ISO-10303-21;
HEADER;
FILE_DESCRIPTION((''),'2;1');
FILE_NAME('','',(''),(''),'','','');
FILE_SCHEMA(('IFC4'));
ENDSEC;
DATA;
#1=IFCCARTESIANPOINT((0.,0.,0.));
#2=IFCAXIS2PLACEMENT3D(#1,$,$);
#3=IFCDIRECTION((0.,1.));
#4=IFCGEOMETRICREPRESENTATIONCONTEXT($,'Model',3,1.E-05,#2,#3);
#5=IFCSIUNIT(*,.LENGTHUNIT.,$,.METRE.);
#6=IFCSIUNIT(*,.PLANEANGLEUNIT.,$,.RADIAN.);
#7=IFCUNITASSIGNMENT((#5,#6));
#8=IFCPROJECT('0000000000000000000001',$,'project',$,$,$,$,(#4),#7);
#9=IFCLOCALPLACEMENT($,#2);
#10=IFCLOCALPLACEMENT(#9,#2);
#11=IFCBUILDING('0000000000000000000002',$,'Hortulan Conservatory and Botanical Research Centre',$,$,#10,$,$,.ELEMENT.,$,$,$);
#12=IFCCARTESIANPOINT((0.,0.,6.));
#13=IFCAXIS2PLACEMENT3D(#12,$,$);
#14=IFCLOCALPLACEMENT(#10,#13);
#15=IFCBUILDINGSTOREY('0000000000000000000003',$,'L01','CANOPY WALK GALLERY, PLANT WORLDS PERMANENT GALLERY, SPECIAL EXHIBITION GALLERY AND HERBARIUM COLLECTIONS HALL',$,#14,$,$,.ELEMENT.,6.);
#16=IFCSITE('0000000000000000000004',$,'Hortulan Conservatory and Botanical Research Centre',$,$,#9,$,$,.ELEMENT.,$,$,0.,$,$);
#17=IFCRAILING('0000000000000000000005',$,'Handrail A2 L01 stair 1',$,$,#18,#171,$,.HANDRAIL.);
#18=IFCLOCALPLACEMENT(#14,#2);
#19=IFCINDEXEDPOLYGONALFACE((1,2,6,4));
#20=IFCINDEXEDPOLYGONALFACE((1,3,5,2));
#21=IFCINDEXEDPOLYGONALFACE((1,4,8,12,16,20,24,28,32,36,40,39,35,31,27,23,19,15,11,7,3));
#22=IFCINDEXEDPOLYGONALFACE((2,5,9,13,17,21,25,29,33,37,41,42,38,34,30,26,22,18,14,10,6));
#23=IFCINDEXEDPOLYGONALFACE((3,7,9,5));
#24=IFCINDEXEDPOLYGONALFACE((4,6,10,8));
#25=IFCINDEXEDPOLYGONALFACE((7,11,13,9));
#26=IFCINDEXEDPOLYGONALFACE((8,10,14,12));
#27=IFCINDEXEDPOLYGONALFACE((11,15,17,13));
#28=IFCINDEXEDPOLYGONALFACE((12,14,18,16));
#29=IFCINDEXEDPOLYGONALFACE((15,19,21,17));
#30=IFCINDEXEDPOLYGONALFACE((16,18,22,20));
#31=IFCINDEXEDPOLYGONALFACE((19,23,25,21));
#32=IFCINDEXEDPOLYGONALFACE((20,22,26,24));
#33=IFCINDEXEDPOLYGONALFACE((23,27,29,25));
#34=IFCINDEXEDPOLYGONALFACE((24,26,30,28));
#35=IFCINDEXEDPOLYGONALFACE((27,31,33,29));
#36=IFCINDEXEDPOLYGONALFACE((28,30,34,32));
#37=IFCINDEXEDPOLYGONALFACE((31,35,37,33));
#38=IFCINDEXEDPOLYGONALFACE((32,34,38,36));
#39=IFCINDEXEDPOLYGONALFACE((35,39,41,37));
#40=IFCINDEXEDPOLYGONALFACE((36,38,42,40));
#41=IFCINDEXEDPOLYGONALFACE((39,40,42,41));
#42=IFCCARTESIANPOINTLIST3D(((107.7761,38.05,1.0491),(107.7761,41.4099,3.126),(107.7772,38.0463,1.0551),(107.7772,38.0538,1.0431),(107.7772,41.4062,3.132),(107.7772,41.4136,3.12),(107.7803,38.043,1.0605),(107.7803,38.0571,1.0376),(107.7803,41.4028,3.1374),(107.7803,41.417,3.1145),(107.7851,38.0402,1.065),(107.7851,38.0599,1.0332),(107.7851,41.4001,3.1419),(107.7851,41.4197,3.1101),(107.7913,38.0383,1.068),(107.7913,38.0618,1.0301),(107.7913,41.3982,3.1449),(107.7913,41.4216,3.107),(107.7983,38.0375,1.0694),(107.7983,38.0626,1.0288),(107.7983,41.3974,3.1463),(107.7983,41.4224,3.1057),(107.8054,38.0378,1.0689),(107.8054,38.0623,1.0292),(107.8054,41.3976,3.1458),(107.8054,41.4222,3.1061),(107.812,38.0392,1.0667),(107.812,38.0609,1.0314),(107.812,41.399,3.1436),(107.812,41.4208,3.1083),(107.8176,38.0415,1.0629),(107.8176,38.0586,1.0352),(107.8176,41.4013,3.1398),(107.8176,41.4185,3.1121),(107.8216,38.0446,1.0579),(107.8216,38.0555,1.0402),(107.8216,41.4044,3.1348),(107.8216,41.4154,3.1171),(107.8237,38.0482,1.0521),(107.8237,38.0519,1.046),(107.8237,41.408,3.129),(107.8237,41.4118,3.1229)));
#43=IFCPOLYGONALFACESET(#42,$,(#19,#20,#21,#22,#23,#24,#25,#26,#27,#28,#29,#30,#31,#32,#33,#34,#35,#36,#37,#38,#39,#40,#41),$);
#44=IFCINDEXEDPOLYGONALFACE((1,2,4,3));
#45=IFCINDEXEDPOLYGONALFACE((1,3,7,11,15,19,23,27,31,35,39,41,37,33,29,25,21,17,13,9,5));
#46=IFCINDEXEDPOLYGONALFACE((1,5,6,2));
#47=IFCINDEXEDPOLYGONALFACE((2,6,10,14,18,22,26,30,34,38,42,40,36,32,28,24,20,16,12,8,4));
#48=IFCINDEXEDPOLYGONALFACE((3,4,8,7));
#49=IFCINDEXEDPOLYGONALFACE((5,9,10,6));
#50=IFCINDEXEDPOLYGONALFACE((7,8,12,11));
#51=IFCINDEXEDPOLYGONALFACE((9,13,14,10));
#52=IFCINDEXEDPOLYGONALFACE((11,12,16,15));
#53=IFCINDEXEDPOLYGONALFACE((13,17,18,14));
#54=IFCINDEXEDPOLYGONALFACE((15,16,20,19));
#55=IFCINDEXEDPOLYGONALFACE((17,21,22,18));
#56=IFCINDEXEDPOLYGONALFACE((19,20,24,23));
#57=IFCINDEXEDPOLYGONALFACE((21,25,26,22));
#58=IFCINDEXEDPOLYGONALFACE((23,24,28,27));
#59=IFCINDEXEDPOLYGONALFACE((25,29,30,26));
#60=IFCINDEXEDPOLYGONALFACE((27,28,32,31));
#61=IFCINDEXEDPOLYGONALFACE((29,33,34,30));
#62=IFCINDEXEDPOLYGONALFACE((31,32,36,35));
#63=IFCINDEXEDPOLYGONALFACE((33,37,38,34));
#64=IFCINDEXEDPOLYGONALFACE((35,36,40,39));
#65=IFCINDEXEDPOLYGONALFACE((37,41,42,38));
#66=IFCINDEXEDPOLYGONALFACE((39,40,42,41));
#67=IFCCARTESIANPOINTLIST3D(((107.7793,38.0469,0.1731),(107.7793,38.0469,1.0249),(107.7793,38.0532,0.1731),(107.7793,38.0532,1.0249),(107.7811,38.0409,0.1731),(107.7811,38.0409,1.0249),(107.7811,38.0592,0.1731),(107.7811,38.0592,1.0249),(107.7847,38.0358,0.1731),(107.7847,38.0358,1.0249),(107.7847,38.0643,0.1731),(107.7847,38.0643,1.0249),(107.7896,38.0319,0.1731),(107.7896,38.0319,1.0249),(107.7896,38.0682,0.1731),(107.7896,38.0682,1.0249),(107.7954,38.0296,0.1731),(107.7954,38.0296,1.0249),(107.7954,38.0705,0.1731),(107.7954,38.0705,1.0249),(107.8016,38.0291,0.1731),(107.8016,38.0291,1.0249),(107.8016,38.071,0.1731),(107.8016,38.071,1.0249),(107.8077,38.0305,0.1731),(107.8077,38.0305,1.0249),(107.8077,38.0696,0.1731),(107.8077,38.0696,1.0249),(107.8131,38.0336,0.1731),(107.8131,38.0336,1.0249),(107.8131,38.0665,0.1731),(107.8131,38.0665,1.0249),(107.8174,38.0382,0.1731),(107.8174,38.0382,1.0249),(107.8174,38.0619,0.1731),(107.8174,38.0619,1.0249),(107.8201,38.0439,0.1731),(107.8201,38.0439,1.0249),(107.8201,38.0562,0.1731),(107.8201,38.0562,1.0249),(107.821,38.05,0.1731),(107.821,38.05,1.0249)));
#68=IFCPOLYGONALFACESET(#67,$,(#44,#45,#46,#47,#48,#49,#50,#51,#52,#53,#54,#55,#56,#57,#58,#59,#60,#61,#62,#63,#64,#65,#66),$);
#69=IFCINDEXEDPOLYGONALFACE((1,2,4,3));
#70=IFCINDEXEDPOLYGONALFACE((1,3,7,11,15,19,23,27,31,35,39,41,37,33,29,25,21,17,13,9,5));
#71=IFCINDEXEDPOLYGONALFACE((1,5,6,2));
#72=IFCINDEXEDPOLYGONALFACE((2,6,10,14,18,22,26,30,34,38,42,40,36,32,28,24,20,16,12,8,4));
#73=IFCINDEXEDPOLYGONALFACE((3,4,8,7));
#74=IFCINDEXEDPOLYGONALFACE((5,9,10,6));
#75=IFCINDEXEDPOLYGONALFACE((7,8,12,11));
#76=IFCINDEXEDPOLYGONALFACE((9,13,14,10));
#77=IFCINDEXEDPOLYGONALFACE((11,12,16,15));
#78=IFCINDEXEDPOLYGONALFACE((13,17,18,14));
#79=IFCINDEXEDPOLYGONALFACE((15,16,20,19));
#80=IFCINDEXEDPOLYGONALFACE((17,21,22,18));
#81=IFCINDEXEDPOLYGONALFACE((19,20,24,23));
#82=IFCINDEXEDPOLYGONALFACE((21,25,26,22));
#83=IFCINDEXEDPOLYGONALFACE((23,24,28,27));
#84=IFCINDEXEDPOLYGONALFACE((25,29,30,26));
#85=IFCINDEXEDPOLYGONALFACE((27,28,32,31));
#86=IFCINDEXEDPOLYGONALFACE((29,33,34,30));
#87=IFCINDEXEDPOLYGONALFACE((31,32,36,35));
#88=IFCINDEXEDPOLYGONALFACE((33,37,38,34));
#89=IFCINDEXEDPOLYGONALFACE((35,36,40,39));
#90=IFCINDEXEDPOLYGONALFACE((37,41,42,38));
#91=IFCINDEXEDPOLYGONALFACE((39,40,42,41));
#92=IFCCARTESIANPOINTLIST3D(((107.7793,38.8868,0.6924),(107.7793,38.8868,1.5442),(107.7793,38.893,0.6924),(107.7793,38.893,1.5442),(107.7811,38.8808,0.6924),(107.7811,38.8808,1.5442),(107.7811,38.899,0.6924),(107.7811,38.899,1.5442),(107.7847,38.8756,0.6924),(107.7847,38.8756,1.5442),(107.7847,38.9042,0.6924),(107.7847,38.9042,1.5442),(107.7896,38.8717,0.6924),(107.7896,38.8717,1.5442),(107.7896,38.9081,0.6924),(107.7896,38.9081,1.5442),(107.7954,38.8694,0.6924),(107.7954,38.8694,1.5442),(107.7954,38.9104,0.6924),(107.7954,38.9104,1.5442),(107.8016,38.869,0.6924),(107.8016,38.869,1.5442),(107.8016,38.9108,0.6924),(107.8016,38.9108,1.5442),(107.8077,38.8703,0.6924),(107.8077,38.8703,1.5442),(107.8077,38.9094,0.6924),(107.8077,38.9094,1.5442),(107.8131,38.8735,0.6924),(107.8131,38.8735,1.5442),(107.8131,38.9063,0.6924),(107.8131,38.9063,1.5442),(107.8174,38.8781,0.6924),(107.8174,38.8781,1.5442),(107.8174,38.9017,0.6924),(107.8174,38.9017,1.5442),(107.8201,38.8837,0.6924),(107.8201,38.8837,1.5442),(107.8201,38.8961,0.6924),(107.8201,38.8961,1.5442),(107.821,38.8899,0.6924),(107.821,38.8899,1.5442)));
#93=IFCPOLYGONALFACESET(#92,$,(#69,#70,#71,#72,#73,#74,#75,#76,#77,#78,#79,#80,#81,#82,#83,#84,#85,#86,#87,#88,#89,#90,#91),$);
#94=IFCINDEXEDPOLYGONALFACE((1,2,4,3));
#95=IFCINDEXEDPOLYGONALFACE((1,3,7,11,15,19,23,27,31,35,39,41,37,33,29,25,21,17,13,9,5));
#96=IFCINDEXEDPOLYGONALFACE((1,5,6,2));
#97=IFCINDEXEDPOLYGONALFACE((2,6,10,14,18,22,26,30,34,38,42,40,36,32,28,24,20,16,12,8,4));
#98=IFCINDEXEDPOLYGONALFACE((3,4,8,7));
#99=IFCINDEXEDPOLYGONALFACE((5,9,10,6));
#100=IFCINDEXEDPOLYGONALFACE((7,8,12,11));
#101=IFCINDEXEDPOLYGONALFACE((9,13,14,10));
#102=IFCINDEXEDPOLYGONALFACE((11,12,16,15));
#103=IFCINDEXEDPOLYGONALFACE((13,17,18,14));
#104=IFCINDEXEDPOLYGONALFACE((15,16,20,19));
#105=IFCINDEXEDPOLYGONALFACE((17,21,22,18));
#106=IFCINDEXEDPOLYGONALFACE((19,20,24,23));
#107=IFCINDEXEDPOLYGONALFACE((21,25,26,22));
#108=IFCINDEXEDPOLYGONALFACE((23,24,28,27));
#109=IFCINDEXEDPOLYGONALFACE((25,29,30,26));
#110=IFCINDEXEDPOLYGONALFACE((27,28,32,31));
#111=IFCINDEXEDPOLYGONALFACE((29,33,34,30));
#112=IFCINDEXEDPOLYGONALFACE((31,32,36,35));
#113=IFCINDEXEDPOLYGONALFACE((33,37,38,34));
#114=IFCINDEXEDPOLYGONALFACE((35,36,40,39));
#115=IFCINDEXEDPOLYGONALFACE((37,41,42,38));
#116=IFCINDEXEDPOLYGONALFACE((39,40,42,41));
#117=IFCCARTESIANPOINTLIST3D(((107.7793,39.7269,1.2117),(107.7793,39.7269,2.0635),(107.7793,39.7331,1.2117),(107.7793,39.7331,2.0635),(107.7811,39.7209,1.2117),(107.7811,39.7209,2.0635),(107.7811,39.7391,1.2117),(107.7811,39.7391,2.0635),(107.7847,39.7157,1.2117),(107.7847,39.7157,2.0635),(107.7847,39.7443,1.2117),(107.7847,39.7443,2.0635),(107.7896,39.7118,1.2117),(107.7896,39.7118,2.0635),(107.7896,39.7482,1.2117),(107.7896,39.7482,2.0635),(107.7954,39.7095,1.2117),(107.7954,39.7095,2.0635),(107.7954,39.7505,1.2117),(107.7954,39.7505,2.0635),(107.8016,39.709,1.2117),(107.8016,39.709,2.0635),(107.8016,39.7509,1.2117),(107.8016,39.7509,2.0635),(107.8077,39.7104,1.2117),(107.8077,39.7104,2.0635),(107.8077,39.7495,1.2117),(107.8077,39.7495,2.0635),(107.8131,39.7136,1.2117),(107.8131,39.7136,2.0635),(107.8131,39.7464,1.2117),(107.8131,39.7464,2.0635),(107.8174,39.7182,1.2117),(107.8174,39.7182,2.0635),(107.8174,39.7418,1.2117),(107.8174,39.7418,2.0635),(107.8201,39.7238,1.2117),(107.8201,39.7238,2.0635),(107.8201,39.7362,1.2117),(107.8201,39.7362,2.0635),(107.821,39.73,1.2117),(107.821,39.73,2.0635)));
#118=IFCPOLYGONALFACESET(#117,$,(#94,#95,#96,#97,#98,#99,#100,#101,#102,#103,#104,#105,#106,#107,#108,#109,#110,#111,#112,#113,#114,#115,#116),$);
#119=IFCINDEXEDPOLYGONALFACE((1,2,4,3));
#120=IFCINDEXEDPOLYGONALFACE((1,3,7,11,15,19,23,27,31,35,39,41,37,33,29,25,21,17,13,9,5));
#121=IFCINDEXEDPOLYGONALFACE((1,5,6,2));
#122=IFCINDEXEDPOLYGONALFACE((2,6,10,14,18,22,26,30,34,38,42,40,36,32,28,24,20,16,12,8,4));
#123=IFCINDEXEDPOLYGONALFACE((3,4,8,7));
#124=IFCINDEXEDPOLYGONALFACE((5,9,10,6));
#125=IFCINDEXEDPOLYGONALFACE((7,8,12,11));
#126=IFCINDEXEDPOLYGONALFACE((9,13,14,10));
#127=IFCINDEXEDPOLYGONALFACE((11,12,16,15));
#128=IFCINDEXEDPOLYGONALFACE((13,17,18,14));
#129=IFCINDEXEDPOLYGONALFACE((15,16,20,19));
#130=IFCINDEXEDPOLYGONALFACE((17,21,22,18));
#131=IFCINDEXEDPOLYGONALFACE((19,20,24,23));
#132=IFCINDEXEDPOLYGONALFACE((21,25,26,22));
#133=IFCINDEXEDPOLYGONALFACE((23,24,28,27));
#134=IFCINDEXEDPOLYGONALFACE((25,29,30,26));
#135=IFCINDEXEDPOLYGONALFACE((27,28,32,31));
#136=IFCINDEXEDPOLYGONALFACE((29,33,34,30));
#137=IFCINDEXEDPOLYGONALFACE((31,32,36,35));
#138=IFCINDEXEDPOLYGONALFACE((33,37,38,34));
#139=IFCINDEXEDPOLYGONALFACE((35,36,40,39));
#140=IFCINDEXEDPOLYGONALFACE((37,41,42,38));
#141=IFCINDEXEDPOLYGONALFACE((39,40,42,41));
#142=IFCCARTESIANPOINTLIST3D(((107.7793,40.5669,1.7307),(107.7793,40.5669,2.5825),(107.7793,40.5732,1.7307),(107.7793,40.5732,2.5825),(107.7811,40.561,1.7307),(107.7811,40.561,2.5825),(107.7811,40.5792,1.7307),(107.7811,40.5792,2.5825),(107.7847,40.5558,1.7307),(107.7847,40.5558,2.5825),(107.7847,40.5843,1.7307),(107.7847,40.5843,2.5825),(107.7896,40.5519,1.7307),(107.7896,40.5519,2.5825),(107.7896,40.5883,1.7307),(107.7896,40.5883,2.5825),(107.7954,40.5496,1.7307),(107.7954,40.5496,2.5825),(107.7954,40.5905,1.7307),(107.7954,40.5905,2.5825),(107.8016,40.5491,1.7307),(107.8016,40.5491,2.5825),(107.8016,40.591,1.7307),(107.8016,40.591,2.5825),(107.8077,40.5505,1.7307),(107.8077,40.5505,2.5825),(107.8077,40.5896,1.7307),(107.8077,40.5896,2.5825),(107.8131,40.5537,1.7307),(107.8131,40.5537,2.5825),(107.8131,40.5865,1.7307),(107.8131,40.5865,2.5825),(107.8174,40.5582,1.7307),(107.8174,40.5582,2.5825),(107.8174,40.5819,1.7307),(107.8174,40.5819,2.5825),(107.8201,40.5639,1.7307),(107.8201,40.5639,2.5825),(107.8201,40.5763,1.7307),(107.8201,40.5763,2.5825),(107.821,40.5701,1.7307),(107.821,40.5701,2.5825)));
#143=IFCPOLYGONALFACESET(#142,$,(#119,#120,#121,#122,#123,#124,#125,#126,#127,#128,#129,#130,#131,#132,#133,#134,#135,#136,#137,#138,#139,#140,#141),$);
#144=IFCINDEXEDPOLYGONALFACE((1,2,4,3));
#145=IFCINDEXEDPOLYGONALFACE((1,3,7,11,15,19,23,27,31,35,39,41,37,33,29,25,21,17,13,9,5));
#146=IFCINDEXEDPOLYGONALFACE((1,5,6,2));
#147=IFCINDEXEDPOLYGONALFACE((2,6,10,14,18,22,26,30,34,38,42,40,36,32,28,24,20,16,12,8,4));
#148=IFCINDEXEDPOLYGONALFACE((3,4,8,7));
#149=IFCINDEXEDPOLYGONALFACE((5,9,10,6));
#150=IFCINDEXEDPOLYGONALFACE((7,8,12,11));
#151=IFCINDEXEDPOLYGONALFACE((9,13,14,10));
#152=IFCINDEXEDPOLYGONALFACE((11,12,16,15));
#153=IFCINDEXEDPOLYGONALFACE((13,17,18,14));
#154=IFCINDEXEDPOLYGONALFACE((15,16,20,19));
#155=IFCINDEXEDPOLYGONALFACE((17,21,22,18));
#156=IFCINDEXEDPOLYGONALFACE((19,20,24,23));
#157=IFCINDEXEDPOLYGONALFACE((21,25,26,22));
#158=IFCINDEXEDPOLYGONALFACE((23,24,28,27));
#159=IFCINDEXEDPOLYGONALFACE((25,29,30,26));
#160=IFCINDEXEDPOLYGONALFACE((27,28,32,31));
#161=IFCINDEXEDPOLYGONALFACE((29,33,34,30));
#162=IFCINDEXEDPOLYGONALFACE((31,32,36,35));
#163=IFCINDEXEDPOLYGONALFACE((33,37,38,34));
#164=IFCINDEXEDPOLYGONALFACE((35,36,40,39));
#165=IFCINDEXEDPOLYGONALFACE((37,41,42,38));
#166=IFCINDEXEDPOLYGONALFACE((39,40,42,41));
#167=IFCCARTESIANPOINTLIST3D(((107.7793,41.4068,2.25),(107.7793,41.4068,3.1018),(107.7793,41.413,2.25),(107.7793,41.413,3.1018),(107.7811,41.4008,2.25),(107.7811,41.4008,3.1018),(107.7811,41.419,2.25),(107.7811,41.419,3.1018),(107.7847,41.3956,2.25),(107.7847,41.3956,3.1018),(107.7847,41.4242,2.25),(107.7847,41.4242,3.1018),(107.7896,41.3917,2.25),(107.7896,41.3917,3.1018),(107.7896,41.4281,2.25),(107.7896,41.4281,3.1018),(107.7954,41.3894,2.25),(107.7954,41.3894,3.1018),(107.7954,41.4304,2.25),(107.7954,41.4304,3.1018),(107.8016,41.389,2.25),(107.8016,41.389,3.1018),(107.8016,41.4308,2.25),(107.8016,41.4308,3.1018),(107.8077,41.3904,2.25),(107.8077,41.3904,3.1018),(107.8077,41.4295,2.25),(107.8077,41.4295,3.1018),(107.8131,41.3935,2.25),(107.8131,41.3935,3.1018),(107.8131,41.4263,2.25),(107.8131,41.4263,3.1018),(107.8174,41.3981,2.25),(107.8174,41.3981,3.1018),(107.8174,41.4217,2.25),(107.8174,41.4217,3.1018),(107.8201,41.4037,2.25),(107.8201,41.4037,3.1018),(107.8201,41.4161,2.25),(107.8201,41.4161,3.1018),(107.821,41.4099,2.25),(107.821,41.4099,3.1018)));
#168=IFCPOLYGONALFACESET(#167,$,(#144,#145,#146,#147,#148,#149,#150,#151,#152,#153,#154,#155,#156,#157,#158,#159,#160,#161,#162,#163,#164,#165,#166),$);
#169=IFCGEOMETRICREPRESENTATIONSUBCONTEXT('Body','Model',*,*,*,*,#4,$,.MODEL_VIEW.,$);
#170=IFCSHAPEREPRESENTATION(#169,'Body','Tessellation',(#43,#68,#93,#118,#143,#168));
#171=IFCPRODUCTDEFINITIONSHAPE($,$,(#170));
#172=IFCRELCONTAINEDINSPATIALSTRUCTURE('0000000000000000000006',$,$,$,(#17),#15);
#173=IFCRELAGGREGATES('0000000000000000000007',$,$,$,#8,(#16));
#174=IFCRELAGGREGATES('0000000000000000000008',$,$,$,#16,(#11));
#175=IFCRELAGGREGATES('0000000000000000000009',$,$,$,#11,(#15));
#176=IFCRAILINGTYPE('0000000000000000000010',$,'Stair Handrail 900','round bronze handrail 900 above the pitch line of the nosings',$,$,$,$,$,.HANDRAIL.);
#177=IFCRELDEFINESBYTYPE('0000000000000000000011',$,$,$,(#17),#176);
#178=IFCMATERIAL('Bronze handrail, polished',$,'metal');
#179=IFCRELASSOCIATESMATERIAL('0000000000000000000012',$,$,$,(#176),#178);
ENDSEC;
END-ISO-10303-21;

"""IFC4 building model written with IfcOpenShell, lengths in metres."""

from ifc_helpers import new_model, si_unit, direction, frame, origin, origin_2d, place, context, subcontext, project, spatial, circle, extrude, material, type_object, element, save


model = new_model("IFC4")

# Units and contexts
model_context = context("Model", 3, precision=1e-05, world=origin(), true_north=direction((0.0, 1.0)))
body_context = subcontext(model_context, "Body", "Model", "MODEL_VIEW")
ifc_project = project(units=[si_unit("LENGTHUNIT", "METRE"), si_unit("PLANEANGLEUNIT", "RADIAN")], contexts=[model_context])

# Site, building, storey
site_placement = place(None, origin())
site = spatial("IfcSite", under=ifc_project, at=site_placement, Name="Hortulan Conservatory and Botanical Research Centre", CompositionType="ELEMENT", RefElevation=0.0)
building_placement = place(site_placement, origin())
building = spatial("IfcBuilding", under=site, at=building_placement, Name="Hortulan Conservatory and Botanical Research Centre", CompositionType="ELEMENT")
storey_placement = place(building_placement, frame((0.0, 0.0, 6.0)))
storey = spatial("IfcBuildingStorey", under=building, at=storey_placement, Name="L01", Description="CANOPY WALK GALLERY, PLANT WORLDS PERMANENT GALLERY, SPECIAL EXHIBITION GALLERY AND HERBARIUM COLLECTIONS HALL", CompositionType="ELEMENT", Elevation=6.0)

# Railing
ifc_material_1 = material(Name="Bronze handrail, polished", Category="metal")
railing_type_1 = type_object("IfcRailingType", Name="Stair Handrail 900", Description="round bronze handrail 900 above the pitch line of the nosings", PredefinedType="HANDRAIL", material=ifc_material_1)
railing_1_placement = place(storey_placement, frame((107.8, 38.05, 0.1731)))
element("IfcRailing", 1, at=railing_1_placement, inside=storey, type_object=railing_type_1, Name="Handrail A2 L01 stair 1", PredefinedType="HANDRAIL", context=body_context, shape_type="SweptSolid", body=[
    extrude(circle(Radius=0.0239, at=origin_2d()), frame((0.0, 0.0, 0.876), z_axis=(0.0, 0.850606, 0.525803), x_axis=(-1.0, 0.0, 0.0)), (0.0, 0.0, 1.0), 3.95),
    extrude(circle(Radius=0.021, at=origin_2d()), origin(), (0.0, 0.0, 1.0), 0.8518),
    extrude(circle(Radius=0.021, at=origin_2d()), frame((0.0, 0.8398, 0.5193)), (0.0, 0.0, 1.0), 0.8518),
    extrude(circle(Radius=0.021, at=origin_2d()), frame((0.0, 1.6799, 1.0386)), (0.0, 0.0, 1.0), 0.8518),
    extrude(circle(Radius=0.021, at=origin_2d()), frame((0.0, 2.52, 1.5576)), (0.0, 0.0, 1.0), 0.8518),
    extrude(circle(Radius=0.021, at=origin_2d()), frame((0.0, 3.3599, 2.0769)), (0.0, 0.0, 1.0), 0.8518),
])

save(model, "model.ifc")
